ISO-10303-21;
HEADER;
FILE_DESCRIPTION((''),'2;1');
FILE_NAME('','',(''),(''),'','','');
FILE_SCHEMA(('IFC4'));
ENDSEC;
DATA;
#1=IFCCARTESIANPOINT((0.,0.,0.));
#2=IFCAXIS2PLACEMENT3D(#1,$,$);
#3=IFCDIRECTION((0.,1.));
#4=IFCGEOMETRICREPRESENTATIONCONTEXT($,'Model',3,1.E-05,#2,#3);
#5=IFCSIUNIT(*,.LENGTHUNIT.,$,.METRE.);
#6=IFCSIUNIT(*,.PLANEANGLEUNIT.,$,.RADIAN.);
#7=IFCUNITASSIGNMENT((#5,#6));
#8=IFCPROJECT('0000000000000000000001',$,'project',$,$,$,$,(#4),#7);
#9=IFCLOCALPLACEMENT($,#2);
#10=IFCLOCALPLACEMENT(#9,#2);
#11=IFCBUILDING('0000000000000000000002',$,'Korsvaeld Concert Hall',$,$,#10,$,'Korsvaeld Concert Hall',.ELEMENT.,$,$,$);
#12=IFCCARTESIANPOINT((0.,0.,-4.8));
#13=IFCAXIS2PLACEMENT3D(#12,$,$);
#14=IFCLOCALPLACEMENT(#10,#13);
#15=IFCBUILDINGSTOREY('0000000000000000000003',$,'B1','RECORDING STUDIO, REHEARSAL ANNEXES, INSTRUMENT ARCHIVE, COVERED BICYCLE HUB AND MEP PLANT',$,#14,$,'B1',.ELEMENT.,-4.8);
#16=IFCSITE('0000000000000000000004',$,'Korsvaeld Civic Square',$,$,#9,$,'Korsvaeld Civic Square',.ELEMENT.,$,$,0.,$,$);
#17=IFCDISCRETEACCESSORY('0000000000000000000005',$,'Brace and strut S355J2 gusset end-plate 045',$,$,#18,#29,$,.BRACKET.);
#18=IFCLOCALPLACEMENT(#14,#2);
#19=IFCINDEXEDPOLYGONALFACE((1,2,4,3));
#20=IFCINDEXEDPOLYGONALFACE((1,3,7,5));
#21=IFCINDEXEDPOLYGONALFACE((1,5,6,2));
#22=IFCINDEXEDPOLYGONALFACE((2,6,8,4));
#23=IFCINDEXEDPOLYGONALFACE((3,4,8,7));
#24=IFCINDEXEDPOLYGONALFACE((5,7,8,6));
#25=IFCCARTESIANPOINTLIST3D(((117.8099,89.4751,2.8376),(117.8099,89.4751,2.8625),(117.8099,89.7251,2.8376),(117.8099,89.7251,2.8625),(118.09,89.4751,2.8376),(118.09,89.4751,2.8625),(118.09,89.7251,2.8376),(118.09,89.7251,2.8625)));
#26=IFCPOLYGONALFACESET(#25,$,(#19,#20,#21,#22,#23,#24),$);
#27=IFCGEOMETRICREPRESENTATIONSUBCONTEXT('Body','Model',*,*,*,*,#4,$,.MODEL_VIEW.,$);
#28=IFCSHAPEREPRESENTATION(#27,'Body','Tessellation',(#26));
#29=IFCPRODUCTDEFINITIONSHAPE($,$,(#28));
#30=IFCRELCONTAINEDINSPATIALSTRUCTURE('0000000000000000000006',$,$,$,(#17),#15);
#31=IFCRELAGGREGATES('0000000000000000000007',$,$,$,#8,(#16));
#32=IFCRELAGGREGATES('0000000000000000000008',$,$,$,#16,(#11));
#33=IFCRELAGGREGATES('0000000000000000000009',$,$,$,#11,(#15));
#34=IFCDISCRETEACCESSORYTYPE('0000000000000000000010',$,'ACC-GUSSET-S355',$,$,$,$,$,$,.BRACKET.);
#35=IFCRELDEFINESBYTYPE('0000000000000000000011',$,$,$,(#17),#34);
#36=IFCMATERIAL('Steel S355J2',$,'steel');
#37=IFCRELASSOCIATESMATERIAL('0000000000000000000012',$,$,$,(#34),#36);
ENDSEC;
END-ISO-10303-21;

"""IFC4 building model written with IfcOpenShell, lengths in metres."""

from ifc_helpers import new_model, si_unit, direction, frame, origin, origin_2d, place, context, subcontext, project, spatial, rectangle, extrude, material, type_object, element, save


model = new_model("IFC4")

# Units and contexts
model_context = context("Model", 3, precision=1e-05, world=origin(), true_north=direction((0.0, 1.0)))
body_context = subcontext(model_context, "Body", "Model", "MODEL_VIEW")
ifc_project = project(units=[si_unit("LENGTHUNIT", "METRE"), si_unit("PLANEANGLEUNIT", "RADIAN")], contexts=[model_context])

# Site, building, storey
site_placement = place(None, origin())
site = spatial("IfcSite", under=ifc_project, at=site_placement, Name="Korsvaeld Civic Square", LongName="Korsvaeld Civic Square", CompositionType="ELEMENT", RefElevation=0.0)
building_placement = place(site_placement, origin())
building = spatial("IfcBuilding", under=site, at=building_placement, Name="Korsvaeld Concert Hall", LongName="Korsvaeld Concert Hall", CompositionType="ELEMENT")
storey_placement = place(building_placement, frame((0.0, 0.0, -4.8)))
storey = spatial("IfcBuildingStorey", under=building, at=storey_placement, Name="B1", Description="RECORDING STUDIO, REHEARSAL ANNEXES, INSTRUMENT ARCHIVE, COVERED BICYCLE HUB AND MEP PLANT", LongName="B1", CompositionType="ELEMENT", Elevation=-4.8)

# Shared definitions
ifc_material_1 = material(Name="Steel S355J2", Category="steel")

# Discrete accessory
discrete_accessory_type = type_object("IfcDiscreteAccessoryType", Name="ACC-GUSSET-S355", PredefinedType="BRACKET", material=ifc_material_1)
discrete_accessory_placement = place(storey_placement, frame((117.95, 89.6001, 2.8376), z_axis=(0.0, 0.0, 1.0), x_axis=(1.0, 0.0, 0.0)))
element("IfcDiscreteAccessory", 1, at=discrete_accessory_placement, inside=storey, type_object=discrete_accessory_type, Name="Brace and strut S355J2 gusset end-plate 045", PredefinedType="BRACKET", context=body_context, shape_type="SweptSolid", body=[
    extrude(rectangle(XDim=0.28, YDim=0.25, at=origin_2d()), origin(), (0.0, 0.0, 1.0), 0.0249),
])

save(model, "model.ifc")
